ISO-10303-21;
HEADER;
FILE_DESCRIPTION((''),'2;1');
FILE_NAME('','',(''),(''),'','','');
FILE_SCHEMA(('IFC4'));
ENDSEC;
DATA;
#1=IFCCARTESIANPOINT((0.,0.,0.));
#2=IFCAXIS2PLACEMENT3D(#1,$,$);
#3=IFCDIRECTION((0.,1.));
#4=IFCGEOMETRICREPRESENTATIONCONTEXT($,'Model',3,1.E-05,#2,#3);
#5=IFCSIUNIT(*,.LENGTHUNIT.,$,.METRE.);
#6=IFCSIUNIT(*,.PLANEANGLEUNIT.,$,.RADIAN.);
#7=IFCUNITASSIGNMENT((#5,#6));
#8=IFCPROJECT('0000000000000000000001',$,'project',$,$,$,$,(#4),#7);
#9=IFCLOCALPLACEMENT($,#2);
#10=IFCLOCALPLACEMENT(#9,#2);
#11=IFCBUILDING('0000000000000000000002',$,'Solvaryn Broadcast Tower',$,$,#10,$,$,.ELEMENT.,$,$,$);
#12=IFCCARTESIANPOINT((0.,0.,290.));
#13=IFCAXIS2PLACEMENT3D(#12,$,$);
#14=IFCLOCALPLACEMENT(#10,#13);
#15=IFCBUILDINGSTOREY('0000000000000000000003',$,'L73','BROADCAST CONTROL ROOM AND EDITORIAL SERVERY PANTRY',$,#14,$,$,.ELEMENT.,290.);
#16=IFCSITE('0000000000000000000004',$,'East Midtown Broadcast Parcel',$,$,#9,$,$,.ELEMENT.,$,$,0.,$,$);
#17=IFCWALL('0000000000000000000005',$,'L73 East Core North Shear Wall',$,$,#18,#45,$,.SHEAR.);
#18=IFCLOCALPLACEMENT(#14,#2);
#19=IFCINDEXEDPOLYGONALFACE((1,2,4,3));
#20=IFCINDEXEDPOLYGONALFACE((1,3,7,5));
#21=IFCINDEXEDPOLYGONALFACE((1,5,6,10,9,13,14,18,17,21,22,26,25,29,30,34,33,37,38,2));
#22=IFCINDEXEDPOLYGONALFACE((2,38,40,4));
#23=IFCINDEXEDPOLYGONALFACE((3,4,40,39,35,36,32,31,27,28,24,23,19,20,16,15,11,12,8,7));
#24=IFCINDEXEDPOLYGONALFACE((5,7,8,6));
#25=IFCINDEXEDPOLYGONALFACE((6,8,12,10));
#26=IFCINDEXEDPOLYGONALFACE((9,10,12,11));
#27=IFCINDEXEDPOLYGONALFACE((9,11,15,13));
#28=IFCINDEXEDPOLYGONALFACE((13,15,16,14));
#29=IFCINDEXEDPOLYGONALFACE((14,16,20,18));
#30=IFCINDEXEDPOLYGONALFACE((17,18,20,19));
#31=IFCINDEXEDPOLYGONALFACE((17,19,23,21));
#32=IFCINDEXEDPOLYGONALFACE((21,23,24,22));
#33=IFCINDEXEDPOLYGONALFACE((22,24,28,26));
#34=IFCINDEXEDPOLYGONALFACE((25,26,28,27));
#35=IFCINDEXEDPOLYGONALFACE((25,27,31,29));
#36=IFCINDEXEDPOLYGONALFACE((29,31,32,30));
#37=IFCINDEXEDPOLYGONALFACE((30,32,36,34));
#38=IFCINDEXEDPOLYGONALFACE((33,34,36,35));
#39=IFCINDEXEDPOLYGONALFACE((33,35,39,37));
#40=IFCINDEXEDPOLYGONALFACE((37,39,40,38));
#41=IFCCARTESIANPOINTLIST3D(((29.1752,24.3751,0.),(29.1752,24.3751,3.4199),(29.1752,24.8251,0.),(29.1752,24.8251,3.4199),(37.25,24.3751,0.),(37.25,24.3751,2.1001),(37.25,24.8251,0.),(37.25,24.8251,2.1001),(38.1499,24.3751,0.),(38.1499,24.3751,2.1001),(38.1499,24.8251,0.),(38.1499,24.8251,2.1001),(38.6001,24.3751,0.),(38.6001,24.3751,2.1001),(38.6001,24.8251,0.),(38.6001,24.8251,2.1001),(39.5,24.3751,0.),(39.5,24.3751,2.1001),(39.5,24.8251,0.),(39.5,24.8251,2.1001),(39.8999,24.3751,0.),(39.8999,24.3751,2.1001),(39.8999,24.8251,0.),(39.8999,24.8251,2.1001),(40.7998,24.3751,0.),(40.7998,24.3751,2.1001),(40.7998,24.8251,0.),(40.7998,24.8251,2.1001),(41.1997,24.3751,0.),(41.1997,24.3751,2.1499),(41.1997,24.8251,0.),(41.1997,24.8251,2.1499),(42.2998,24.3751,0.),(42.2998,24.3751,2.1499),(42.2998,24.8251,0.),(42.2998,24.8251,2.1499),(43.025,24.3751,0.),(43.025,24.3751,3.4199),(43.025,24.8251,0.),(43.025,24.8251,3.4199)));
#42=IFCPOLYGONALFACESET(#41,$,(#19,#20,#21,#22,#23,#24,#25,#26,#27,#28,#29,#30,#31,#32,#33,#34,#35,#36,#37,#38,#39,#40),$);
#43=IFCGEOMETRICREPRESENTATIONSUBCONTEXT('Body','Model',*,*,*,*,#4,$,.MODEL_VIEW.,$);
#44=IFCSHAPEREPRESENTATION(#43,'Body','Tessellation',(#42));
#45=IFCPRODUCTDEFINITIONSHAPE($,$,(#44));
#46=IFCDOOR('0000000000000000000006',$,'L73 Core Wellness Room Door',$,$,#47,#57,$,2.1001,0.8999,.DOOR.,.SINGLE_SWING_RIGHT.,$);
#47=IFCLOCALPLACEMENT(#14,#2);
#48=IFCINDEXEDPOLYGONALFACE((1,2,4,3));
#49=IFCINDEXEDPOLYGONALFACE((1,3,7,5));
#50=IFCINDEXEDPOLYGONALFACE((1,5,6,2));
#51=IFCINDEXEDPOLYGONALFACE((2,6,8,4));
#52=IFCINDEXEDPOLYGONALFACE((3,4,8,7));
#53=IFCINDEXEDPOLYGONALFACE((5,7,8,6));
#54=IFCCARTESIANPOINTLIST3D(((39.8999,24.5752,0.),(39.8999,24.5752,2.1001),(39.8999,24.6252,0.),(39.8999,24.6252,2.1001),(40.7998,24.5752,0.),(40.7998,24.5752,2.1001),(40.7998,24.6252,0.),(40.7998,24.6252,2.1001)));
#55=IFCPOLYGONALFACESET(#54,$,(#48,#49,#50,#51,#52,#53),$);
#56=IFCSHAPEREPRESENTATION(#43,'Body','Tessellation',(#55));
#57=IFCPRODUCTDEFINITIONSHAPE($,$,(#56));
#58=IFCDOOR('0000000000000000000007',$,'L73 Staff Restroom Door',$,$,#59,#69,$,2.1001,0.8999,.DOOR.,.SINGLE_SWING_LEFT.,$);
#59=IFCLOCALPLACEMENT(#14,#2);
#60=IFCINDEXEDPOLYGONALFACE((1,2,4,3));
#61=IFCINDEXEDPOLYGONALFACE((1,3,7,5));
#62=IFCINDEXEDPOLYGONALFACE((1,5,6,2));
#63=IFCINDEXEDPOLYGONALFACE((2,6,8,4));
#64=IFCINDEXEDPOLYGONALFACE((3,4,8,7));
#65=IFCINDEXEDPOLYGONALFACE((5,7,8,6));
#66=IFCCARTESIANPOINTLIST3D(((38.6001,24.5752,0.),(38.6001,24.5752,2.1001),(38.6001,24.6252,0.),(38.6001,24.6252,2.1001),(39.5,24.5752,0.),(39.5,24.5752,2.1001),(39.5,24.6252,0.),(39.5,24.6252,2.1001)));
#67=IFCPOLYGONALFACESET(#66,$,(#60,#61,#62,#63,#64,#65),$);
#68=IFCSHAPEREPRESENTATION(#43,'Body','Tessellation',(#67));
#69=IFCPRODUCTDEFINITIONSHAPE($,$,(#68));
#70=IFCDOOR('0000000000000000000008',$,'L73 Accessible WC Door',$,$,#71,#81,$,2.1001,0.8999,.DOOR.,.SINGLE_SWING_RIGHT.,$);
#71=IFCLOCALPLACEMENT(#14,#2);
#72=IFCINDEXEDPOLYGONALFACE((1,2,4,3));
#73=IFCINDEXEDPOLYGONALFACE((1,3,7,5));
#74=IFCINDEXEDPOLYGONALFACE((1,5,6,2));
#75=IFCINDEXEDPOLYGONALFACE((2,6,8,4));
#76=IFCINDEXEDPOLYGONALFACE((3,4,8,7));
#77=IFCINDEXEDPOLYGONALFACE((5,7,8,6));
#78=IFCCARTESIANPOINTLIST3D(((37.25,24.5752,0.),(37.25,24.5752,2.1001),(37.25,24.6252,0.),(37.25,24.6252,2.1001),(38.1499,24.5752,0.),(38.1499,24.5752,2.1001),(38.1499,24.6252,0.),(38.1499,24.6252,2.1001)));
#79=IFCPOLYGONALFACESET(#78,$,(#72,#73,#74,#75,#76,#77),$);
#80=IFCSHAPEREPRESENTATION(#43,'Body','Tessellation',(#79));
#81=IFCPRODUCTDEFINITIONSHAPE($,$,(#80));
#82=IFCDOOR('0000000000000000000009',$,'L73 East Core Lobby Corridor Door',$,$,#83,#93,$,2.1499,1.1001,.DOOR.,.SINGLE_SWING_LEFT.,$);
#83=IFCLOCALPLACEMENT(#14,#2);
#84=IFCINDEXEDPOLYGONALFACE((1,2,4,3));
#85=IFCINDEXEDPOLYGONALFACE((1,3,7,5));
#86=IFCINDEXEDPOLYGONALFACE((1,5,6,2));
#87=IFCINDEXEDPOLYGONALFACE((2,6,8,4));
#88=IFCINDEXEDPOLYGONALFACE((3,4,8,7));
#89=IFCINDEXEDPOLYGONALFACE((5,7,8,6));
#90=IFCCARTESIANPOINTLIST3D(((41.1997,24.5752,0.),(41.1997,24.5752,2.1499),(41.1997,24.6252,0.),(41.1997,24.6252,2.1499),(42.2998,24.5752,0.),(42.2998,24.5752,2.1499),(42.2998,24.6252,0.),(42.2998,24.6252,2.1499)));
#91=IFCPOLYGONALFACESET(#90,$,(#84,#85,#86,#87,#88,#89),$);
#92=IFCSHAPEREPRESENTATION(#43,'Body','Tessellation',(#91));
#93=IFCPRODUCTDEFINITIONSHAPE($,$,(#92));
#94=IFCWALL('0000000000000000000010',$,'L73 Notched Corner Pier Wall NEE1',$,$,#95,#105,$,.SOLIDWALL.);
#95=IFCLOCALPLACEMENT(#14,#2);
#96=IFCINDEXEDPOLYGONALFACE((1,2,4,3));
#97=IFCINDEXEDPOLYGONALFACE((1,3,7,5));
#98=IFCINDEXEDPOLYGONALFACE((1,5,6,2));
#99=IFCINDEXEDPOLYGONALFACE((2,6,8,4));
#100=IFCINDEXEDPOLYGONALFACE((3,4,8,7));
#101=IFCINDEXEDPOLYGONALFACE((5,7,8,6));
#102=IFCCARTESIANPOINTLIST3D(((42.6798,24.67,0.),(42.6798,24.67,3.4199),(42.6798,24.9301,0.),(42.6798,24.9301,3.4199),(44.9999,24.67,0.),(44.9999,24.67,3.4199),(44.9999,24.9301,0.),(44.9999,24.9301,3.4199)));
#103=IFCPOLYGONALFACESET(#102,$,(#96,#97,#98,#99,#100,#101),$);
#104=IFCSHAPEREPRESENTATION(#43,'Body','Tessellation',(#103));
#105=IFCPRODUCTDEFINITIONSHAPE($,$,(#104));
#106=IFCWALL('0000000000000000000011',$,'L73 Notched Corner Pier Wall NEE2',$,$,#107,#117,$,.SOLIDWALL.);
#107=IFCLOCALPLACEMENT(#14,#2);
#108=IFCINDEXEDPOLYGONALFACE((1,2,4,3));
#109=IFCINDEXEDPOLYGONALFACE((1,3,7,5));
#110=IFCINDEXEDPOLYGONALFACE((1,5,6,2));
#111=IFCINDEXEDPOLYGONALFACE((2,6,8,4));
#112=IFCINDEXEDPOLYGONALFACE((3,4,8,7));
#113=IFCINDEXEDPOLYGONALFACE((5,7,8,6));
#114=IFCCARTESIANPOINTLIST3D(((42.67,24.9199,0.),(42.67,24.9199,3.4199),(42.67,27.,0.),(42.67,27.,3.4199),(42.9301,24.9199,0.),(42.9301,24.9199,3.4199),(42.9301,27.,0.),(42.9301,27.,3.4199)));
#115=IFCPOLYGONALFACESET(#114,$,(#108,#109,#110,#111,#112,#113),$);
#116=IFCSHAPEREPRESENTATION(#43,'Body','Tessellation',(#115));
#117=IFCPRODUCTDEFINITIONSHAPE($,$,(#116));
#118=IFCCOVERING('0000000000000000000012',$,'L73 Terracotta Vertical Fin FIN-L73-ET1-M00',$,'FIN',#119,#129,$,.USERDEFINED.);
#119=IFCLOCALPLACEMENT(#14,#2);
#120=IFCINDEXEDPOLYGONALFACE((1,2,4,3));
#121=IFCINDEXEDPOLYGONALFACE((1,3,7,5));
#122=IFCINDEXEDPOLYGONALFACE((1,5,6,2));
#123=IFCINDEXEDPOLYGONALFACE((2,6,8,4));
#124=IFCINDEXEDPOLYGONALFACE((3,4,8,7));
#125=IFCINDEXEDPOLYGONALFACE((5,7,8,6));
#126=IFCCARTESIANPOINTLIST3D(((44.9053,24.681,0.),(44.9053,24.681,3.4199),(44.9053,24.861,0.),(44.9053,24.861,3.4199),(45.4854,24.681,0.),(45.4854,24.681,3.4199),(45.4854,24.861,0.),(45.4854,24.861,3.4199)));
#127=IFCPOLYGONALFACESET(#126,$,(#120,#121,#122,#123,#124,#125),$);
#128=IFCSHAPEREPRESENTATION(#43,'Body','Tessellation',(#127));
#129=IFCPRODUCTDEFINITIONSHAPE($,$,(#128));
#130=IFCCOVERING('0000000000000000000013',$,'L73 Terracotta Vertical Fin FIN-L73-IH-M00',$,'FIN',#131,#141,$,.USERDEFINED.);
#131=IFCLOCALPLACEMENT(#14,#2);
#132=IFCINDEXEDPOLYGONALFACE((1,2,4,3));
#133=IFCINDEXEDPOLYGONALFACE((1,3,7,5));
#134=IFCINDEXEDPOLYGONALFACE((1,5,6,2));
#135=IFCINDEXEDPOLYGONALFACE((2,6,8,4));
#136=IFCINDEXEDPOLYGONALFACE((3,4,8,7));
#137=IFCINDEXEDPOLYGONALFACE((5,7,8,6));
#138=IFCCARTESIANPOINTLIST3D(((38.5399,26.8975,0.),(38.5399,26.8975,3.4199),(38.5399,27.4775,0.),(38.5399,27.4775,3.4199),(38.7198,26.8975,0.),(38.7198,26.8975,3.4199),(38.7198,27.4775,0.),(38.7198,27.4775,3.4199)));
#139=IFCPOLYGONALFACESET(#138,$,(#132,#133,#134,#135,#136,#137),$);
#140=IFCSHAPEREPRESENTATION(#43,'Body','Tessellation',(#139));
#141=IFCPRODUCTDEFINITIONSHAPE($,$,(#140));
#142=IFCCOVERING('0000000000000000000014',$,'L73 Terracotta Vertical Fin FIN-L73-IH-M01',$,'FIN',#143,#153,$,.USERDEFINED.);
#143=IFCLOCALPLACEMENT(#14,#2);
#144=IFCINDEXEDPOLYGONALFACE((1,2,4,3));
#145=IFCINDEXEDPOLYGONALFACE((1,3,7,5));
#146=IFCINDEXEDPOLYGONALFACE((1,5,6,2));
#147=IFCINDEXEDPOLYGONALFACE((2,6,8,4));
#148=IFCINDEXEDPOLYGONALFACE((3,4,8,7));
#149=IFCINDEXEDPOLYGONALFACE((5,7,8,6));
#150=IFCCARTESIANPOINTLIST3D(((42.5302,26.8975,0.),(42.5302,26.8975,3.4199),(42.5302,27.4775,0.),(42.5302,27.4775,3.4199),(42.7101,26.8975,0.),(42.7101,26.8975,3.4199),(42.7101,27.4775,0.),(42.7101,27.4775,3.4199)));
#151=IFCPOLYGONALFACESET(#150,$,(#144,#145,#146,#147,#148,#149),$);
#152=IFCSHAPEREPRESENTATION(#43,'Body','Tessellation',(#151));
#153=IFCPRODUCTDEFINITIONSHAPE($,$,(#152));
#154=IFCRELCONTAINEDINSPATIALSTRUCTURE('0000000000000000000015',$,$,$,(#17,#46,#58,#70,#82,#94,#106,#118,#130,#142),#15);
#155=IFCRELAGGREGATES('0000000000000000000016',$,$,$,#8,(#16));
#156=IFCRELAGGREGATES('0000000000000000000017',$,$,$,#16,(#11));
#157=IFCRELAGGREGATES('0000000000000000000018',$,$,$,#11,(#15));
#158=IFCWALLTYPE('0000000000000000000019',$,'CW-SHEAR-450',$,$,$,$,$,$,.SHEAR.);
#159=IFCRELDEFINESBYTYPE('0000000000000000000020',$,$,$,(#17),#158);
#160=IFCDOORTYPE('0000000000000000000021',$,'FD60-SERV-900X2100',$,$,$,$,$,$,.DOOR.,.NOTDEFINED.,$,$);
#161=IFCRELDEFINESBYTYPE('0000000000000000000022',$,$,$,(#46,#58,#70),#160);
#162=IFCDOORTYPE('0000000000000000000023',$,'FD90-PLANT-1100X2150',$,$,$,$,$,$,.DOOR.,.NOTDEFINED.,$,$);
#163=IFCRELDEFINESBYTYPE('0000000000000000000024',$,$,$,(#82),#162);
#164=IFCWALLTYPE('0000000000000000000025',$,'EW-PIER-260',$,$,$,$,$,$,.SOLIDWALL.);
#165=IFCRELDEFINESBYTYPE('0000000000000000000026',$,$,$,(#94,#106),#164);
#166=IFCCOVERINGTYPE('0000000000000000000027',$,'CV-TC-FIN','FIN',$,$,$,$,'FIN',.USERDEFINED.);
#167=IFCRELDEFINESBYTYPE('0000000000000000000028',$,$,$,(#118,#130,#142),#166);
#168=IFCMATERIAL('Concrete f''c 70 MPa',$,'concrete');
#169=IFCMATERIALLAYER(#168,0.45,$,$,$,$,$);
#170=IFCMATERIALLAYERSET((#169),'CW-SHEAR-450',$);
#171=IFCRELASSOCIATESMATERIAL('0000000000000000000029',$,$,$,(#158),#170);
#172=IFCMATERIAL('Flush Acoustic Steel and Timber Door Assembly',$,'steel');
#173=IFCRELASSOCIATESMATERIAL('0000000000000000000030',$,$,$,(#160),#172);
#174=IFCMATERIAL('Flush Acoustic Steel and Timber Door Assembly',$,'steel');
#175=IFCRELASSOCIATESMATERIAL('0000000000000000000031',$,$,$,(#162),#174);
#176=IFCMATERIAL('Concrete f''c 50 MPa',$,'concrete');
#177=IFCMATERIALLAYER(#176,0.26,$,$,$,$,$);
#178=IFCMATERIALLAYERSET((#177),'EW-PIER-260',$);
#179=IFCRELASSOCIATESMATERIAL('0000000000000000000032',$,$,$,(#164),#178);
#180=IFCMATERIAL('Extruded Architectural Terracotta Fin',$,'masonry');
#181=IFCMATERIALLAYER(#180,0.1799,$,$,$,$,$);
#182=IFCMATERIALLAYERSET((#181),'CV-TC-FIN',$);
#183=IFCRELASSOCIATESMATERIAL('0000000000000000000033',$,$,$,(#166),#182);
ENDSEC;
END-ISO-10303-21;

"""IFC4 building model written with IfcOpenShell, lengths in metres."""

from ifc_helpers import new_model, si_unit, direction, frame, frame_2d, origin, origin_2d, place, context, subcontext, project, spatial, rectangle, extrude, material, layer, layer_set, type_object, element, fill, save


model = new_model("IFC4")

# Units and contexts
model_context = context("Model", 3, precision=1e-05, world=origin(), true_north=direction((0.0, 1.0)))
body_context = subcontext(model_context, "Body", "Model", "MODEL_VIEW")
ifc_project = project(units=[si_unit("LENGTHUNIT", "METRE"), si_unit("PLANEANGLEUNIT", "RADIAN")], contexts=[model_context])

# Site, building, storey
site_placement = place(None, origin())
site = spatial("IfcSite", under=ifc_project, at=site_placement, Name="East Midtown Broadcast Parcel", CompositionType="ELEMENT", RefElevation=0.0)
building_placement = place(site_placement, origin())
building = spatial("IfcBuilding", under=site, at=building_placement, Name="Solvaryn Broadcast Tower", CompositionType="ELEMENT")
storey_placement = place(building_placement, frame((0.0, 0.0, 290.0)))
storey = spatial("IfcBuildingStorey", under=building, at=storey_placement, Name="L73", Description="BROADCAST CONTROL ROOM AND EDITORIAL SERVERY PANTRY", CompositionType="ELEMENT", Elevation=290.0)

# Wall, openings, doors
ifc_material_1 = material(Name="Concrete f'c 70 MPa", Category="concrete")
ifc_layer_1 = layer(ifc_material_1, 0.45)
ifc_layer_set_1 = layer_set([ifc_layer_1], Name="CW-SHEAR-450")
wall_type_1 = type_object("IfcWallType", Name="CW-SHEAR-450", PredefinedType="SHEAR", material=ifc_layer_set_1)
wall_1_placement = place(storey_placement, frame((43.0249, 24.6001, 0.0), z_axis=(0.0, 0.0, 1.0), x_axis=(-1.0, 0.0, 0.0)))
wall_1 = element("IfcWall", 1, at=wall_1_placement, inside=storey, type_object=wall_type_1, Name="L73 East Core North Shear Wall", PredefinedType="SHEAR", context=body_context, shape_type="SweptSolid", body=[
    extrude(rectangle(XDim=13.8499, YDim=0.45, at=frame_2d((6.9248, 0.0))), origin(), (0.0, 0.0, 1.0), 3.4199),
])
opening_1_placement = place(wall_1_placement, frame((0.7251, 0.0, 0.0)))
opening_1 = element("IfcOpeningElement", 2, at=opening_1_placement, cuts=wall_1, PredefinedType="OPENING", context=body_context, shape_type="SweptSolid", body=[
    extrude(rectangle(XDim=1.1001, YDim=2.1499, at=frame_2d((0.55, 1.075))), frame((0.0, 0.2351, 0.0), z_axis=(0.0, -1.0, 0.0), x_axis=(1.0, 0.0, 0.0)), (0.0, 0.0, 1.0), 0.47),
])
opening_2_placement = place(wall_1_placement, frame((2.2251, 0.0, 0.0)))
opening_2 = element("IfcOpeningElement", 3, at=opening_2_placement, cuts=wall_1, PredefinedType="OPENING", context=body_context, shape_type="SweptSolid", body=[
    extrude(rectangle(XDim=0.8999, YDim=2.1001, at=frame_2d((0.45, 1.05))), frame((0.0, 0.2351, 0.0), z_axis=(0.0, -1.0, 0.0), x_axis=(1.0, 0.0, 0.0)), (0.0, 0.0, 1.0), 0.47),
])
opening_3_placement = place(wall_1_placement, frame((3.5249, 0.0, 0.0)))
opening_3 = element("IfcOpeningElement", 4, at=opening_3_placement, cuts=wall_1, PredefinedType="OPENING", context=body_context, shape_type="SweptSolid", body=[
    extrude(rectangle(XDim=0.8999, YDim=2.1001, at=frame_2d((0.45, 1.05))), frame((0.0, 0.2351, 0.0), z_axis=(0.0, -1.0, 0.0), x_axis=(1.0, 0.0, 0.0)), (0.0, 0.0, 1.0), 0.47),
])
opening_4_placement = place(wall_1_placement, frame((4.875, 0.0, 0.0)))
opening_4 = element("IfcOpeningElement", 5, at=opening_4_placement, cuts=wall_1, PredefinedType="OPENING", context=body_context, shape_type="SweptSolid", body=[
    extrude(rectangle(XDim=0.8999, YDim=2.1001, at=frame_2d((0.45, 1.05))), frame((0.0, 0.2351, 0.0), z_axis=(0.0, -1.0, 0.0), x_axis=(1.0, 0.0, 0.0)), (0.0, 0.0, 1.0), 0.47),
])
ifc_material_2 = material(Name="Flush Acoustic Steel and Timber Door Assembly", Category="steel")
door_type_1 = type_object("IfcDoorType", Name="FD60-SERV-900X2100", OperationType="NOTDEFINED", PredefinedType="DOOR", material=ifc_material_2)
door_1_placement = place(opening_2_placement, origin())
door_1 = element("IfcDoor", 6, at=door_1_placement, inside=storey, type_object=door_type_1, Name="L73 Core Wellness Room Door", OperationType="SINGLE_SWING_RIGHT", OverallHeight=2.1001, OverallWidth=0.8999, PredefinedType="DOOR", context=body_context, shape_type="SweptSolid", body=[
    extrude(rectangle(XDim=0.8999, YDim=2.1001, at=frame_2d((0.45, 1.05))), frame((0.0, 0.0249, 0.0), z_axis=(0.0, -1.0, 0.0), x_axis=(1.0, 0.0, 0.0)), (0.0, 0.0, 1.0), 0.05),
])
fill(opening_2, door_1)
door_2_placement = place(opening_3_placement, origin())
door_2 = element("IfcDoor", 7, at=door_2_placement, inside=storey, type_object=door_type_1, Name="L73 Staff Restroom Door", OperationType="SINGLE_SWING_LEFT", OverallHeight=2.1001, OverallWidth=0.8999, PredefinedType="DOOR", context=body_context, shape_type="SweptSolid", body=[
    extrude(rectangle(XDim=0.8999, YDim=2.1001, at=frame_2d((0.45, 1.05))), frame((0.0, 0.0249, 0.0), z_axis=(0.0, -1.0, 0.0), x_axis=(1.0, 0.0, 0.0)), (0.0, 0.0, 1.0), 0.05),
])
fill(opening_3, door_2)
door_3_placement = place(opening_4_placement, origin())
door_3 = element("IfcDoor", 8, at=door_3_placement, inside=storey, type_object=door_type_1, Name="L73 Accessible WC Door", OperationType="SINGLE_SWING_RIGHT", OverallHeight=2.1001, OverallWidth=0.8999, PredefinedType="DOOR", context=body_context, shape_type="SweptSolid", body=[
    extrude(rectangle(XDim=0.8999, YDim=2.1001, at=frame_2d((0.45, 1.05))), frame((0.0, 0.0249, 0.0), z_axis=(0.0, -1.0, 0.0), x_axis=(1.0, 0.0, 0.0)), (0.0, 0.0, 1.0), 0.05),
])
fill(opening_4, door_3)
ifc_material_3 = material(Name="Flush Acoustic Steel and Timber Door Assembly", Category="steel")
door_type_2 = type_object("IfcDoorType", Name="FD90-PLANT-1100X2150", OperationType="NOTDEFINED", PredefinedType="DOOR", material=ifc_material_3)
door_4_placement = place(opening_1_placement, origin())
door_4 = element("IfcDoor", 9, at=door_4_placement, inside=storey, type_object=door_type_2, Name="L73 East Core Lobby Corridor Door", OperationType="SINGLE_SWING_LEFT", OverallHeight=2.1499, OverallWidth=1.1001, PredefinedType="DOOR", context=body_context, shape_type="SweptSolid", body=[
    extrude(rectangle(XDim=1.1001, YDim=2.1499, at=frame_2d((0.55, 1.075))), frame((0.0, 0.0249, 0.0), z_axis=(0.0, -1.0, 0.0), x_axis=(1.0, 0.0, 0.0)), (0.0, 0.0, 1.0), 0.05),
])
fill(opening_1, door_4)

# Walls
ifc_material_4 = material(Name="Concrete f'c 50 MPa", Category="concrete")
ifc_layer_2 = layer(ifc_material_4, 0.26)
ifc_layer_set_2 = layer_set([ifc_layer_2], Name="EW-PIER-260")
wall_type_2 = type_object("IfcWallType", Name="EW-PIER-260", PredefinedType="SOLIDWALL", material=ifc_layer_set_2)
wall_2_placement = place(storey_placement, frame((45.0, 24.8, 0.0), z_axis=(0.0, 0.0, 1.0), x_axis=(-1.0, 0.0, 0.0)))
element("IfcWall", 10, at=wall_2_placement, inside=storey, type_object=wall_type_2, Name="L73 Notched Corner Pier Wall NEE1", PredefinedType="SOLIDWALL", context=body_context, shape_type="SweptSolid", body=[
    extrude(rectangle(XDim=2.3201, YDim=0.26, at=frame_2d((1.1602, 0.0))), origin(), (0.0, 0.0, 1.0), 3.4199),
])
wall_3_placement = place(storey_placement, frame((42.8, 24.9199, 0.0), z_axis=(0.0, 0.0, 1.0), x_axis=(0.0, 1.0, 0.0)))
element("IfcWall", 11, at=wall_3_placement, inside=storey, type_object=wall_type_2, Name="L73 Notched Corner Pier Wall NEE2", PredefinedType="SOLIDWALL", context=body_context, shape_type="SweptSolid", body=[
    extrude(rectangle(XDim=2.0801, YDim=0.26, at=frame_2d((1.04, 0.0))), origin(), (0.0, 0.0, 1.0), 3.4199),
])

# Coverings
ifc_material_5 = material(Name="Extruded Architectural Terracotta Fin", Category="masonry")
ifc_layer_3 = layer(ifc_material_5, 0.1799)
ifc_layer_set_3 = layer_set([ifc_layer_3], Name="CV-TC-FIN")
covering_type = type_object("IfcCoveringType", Name="CV-TC-FIN", Description="FIN", ElementType="FIN", PredefinedType="USERDEFINED", material=ifc_layer_set_3)
covering_placement = place(storey_placement, frame((45.1953, 24.771, 0.0), z_axis=(0.0, 0.0, 1.0), x_axis=(1.0, 0.0, 0.0)))
element("IfcCovering", 12, at=covering_placement, inside=storey, type_object=covering_type, Name="L73 Terracotta Vertical Fin FIN-L73-ET1-M00", ObjectType="FIN", PredefinedType="USERDEFINED", context=body_context, shape_type="SweptSolid", body=[
    extrude(rectangle(XDim=0.5801, YDim=0.1799, at=origin_2d()), origin(), (0.0, 0.0, 1.0), 3.4199),
])
for number, where, z_axis, x_axis, name in (
    (13, (38.6299, 27.1875, 0.0), (0.0, 0.0, 1.0), (1.0, 0.0, 0.0), "L73 Terracotta Vertical Fin FIN-L73-IH-M00"),
    (14, (42.6201, 27.1875, 0.0), (0.0, 0.0, 1.0), (1.0, 0.0, 0.0), "L73 Terracotta Vertical Fin FIN-L73-IH-M01"),
):
    element("IfcCovering", number, at=place(storey_placement, frame(where, z_axis=z_axis, x_axis=x_axis)), inside=storey, type_object=covering_type, Name=name, ObjectType="FIN", PredefinedType="USERDEFINED", context=body_context, shape_type="SweptSolid", body=[
        extrude(rectangle(XDim=0.1799, YDim=0.5801, at=origin_2d()), origin(), (0.0, 0.0, 1.0), 3.4199),
    ])

save(model, "model.ifc")
